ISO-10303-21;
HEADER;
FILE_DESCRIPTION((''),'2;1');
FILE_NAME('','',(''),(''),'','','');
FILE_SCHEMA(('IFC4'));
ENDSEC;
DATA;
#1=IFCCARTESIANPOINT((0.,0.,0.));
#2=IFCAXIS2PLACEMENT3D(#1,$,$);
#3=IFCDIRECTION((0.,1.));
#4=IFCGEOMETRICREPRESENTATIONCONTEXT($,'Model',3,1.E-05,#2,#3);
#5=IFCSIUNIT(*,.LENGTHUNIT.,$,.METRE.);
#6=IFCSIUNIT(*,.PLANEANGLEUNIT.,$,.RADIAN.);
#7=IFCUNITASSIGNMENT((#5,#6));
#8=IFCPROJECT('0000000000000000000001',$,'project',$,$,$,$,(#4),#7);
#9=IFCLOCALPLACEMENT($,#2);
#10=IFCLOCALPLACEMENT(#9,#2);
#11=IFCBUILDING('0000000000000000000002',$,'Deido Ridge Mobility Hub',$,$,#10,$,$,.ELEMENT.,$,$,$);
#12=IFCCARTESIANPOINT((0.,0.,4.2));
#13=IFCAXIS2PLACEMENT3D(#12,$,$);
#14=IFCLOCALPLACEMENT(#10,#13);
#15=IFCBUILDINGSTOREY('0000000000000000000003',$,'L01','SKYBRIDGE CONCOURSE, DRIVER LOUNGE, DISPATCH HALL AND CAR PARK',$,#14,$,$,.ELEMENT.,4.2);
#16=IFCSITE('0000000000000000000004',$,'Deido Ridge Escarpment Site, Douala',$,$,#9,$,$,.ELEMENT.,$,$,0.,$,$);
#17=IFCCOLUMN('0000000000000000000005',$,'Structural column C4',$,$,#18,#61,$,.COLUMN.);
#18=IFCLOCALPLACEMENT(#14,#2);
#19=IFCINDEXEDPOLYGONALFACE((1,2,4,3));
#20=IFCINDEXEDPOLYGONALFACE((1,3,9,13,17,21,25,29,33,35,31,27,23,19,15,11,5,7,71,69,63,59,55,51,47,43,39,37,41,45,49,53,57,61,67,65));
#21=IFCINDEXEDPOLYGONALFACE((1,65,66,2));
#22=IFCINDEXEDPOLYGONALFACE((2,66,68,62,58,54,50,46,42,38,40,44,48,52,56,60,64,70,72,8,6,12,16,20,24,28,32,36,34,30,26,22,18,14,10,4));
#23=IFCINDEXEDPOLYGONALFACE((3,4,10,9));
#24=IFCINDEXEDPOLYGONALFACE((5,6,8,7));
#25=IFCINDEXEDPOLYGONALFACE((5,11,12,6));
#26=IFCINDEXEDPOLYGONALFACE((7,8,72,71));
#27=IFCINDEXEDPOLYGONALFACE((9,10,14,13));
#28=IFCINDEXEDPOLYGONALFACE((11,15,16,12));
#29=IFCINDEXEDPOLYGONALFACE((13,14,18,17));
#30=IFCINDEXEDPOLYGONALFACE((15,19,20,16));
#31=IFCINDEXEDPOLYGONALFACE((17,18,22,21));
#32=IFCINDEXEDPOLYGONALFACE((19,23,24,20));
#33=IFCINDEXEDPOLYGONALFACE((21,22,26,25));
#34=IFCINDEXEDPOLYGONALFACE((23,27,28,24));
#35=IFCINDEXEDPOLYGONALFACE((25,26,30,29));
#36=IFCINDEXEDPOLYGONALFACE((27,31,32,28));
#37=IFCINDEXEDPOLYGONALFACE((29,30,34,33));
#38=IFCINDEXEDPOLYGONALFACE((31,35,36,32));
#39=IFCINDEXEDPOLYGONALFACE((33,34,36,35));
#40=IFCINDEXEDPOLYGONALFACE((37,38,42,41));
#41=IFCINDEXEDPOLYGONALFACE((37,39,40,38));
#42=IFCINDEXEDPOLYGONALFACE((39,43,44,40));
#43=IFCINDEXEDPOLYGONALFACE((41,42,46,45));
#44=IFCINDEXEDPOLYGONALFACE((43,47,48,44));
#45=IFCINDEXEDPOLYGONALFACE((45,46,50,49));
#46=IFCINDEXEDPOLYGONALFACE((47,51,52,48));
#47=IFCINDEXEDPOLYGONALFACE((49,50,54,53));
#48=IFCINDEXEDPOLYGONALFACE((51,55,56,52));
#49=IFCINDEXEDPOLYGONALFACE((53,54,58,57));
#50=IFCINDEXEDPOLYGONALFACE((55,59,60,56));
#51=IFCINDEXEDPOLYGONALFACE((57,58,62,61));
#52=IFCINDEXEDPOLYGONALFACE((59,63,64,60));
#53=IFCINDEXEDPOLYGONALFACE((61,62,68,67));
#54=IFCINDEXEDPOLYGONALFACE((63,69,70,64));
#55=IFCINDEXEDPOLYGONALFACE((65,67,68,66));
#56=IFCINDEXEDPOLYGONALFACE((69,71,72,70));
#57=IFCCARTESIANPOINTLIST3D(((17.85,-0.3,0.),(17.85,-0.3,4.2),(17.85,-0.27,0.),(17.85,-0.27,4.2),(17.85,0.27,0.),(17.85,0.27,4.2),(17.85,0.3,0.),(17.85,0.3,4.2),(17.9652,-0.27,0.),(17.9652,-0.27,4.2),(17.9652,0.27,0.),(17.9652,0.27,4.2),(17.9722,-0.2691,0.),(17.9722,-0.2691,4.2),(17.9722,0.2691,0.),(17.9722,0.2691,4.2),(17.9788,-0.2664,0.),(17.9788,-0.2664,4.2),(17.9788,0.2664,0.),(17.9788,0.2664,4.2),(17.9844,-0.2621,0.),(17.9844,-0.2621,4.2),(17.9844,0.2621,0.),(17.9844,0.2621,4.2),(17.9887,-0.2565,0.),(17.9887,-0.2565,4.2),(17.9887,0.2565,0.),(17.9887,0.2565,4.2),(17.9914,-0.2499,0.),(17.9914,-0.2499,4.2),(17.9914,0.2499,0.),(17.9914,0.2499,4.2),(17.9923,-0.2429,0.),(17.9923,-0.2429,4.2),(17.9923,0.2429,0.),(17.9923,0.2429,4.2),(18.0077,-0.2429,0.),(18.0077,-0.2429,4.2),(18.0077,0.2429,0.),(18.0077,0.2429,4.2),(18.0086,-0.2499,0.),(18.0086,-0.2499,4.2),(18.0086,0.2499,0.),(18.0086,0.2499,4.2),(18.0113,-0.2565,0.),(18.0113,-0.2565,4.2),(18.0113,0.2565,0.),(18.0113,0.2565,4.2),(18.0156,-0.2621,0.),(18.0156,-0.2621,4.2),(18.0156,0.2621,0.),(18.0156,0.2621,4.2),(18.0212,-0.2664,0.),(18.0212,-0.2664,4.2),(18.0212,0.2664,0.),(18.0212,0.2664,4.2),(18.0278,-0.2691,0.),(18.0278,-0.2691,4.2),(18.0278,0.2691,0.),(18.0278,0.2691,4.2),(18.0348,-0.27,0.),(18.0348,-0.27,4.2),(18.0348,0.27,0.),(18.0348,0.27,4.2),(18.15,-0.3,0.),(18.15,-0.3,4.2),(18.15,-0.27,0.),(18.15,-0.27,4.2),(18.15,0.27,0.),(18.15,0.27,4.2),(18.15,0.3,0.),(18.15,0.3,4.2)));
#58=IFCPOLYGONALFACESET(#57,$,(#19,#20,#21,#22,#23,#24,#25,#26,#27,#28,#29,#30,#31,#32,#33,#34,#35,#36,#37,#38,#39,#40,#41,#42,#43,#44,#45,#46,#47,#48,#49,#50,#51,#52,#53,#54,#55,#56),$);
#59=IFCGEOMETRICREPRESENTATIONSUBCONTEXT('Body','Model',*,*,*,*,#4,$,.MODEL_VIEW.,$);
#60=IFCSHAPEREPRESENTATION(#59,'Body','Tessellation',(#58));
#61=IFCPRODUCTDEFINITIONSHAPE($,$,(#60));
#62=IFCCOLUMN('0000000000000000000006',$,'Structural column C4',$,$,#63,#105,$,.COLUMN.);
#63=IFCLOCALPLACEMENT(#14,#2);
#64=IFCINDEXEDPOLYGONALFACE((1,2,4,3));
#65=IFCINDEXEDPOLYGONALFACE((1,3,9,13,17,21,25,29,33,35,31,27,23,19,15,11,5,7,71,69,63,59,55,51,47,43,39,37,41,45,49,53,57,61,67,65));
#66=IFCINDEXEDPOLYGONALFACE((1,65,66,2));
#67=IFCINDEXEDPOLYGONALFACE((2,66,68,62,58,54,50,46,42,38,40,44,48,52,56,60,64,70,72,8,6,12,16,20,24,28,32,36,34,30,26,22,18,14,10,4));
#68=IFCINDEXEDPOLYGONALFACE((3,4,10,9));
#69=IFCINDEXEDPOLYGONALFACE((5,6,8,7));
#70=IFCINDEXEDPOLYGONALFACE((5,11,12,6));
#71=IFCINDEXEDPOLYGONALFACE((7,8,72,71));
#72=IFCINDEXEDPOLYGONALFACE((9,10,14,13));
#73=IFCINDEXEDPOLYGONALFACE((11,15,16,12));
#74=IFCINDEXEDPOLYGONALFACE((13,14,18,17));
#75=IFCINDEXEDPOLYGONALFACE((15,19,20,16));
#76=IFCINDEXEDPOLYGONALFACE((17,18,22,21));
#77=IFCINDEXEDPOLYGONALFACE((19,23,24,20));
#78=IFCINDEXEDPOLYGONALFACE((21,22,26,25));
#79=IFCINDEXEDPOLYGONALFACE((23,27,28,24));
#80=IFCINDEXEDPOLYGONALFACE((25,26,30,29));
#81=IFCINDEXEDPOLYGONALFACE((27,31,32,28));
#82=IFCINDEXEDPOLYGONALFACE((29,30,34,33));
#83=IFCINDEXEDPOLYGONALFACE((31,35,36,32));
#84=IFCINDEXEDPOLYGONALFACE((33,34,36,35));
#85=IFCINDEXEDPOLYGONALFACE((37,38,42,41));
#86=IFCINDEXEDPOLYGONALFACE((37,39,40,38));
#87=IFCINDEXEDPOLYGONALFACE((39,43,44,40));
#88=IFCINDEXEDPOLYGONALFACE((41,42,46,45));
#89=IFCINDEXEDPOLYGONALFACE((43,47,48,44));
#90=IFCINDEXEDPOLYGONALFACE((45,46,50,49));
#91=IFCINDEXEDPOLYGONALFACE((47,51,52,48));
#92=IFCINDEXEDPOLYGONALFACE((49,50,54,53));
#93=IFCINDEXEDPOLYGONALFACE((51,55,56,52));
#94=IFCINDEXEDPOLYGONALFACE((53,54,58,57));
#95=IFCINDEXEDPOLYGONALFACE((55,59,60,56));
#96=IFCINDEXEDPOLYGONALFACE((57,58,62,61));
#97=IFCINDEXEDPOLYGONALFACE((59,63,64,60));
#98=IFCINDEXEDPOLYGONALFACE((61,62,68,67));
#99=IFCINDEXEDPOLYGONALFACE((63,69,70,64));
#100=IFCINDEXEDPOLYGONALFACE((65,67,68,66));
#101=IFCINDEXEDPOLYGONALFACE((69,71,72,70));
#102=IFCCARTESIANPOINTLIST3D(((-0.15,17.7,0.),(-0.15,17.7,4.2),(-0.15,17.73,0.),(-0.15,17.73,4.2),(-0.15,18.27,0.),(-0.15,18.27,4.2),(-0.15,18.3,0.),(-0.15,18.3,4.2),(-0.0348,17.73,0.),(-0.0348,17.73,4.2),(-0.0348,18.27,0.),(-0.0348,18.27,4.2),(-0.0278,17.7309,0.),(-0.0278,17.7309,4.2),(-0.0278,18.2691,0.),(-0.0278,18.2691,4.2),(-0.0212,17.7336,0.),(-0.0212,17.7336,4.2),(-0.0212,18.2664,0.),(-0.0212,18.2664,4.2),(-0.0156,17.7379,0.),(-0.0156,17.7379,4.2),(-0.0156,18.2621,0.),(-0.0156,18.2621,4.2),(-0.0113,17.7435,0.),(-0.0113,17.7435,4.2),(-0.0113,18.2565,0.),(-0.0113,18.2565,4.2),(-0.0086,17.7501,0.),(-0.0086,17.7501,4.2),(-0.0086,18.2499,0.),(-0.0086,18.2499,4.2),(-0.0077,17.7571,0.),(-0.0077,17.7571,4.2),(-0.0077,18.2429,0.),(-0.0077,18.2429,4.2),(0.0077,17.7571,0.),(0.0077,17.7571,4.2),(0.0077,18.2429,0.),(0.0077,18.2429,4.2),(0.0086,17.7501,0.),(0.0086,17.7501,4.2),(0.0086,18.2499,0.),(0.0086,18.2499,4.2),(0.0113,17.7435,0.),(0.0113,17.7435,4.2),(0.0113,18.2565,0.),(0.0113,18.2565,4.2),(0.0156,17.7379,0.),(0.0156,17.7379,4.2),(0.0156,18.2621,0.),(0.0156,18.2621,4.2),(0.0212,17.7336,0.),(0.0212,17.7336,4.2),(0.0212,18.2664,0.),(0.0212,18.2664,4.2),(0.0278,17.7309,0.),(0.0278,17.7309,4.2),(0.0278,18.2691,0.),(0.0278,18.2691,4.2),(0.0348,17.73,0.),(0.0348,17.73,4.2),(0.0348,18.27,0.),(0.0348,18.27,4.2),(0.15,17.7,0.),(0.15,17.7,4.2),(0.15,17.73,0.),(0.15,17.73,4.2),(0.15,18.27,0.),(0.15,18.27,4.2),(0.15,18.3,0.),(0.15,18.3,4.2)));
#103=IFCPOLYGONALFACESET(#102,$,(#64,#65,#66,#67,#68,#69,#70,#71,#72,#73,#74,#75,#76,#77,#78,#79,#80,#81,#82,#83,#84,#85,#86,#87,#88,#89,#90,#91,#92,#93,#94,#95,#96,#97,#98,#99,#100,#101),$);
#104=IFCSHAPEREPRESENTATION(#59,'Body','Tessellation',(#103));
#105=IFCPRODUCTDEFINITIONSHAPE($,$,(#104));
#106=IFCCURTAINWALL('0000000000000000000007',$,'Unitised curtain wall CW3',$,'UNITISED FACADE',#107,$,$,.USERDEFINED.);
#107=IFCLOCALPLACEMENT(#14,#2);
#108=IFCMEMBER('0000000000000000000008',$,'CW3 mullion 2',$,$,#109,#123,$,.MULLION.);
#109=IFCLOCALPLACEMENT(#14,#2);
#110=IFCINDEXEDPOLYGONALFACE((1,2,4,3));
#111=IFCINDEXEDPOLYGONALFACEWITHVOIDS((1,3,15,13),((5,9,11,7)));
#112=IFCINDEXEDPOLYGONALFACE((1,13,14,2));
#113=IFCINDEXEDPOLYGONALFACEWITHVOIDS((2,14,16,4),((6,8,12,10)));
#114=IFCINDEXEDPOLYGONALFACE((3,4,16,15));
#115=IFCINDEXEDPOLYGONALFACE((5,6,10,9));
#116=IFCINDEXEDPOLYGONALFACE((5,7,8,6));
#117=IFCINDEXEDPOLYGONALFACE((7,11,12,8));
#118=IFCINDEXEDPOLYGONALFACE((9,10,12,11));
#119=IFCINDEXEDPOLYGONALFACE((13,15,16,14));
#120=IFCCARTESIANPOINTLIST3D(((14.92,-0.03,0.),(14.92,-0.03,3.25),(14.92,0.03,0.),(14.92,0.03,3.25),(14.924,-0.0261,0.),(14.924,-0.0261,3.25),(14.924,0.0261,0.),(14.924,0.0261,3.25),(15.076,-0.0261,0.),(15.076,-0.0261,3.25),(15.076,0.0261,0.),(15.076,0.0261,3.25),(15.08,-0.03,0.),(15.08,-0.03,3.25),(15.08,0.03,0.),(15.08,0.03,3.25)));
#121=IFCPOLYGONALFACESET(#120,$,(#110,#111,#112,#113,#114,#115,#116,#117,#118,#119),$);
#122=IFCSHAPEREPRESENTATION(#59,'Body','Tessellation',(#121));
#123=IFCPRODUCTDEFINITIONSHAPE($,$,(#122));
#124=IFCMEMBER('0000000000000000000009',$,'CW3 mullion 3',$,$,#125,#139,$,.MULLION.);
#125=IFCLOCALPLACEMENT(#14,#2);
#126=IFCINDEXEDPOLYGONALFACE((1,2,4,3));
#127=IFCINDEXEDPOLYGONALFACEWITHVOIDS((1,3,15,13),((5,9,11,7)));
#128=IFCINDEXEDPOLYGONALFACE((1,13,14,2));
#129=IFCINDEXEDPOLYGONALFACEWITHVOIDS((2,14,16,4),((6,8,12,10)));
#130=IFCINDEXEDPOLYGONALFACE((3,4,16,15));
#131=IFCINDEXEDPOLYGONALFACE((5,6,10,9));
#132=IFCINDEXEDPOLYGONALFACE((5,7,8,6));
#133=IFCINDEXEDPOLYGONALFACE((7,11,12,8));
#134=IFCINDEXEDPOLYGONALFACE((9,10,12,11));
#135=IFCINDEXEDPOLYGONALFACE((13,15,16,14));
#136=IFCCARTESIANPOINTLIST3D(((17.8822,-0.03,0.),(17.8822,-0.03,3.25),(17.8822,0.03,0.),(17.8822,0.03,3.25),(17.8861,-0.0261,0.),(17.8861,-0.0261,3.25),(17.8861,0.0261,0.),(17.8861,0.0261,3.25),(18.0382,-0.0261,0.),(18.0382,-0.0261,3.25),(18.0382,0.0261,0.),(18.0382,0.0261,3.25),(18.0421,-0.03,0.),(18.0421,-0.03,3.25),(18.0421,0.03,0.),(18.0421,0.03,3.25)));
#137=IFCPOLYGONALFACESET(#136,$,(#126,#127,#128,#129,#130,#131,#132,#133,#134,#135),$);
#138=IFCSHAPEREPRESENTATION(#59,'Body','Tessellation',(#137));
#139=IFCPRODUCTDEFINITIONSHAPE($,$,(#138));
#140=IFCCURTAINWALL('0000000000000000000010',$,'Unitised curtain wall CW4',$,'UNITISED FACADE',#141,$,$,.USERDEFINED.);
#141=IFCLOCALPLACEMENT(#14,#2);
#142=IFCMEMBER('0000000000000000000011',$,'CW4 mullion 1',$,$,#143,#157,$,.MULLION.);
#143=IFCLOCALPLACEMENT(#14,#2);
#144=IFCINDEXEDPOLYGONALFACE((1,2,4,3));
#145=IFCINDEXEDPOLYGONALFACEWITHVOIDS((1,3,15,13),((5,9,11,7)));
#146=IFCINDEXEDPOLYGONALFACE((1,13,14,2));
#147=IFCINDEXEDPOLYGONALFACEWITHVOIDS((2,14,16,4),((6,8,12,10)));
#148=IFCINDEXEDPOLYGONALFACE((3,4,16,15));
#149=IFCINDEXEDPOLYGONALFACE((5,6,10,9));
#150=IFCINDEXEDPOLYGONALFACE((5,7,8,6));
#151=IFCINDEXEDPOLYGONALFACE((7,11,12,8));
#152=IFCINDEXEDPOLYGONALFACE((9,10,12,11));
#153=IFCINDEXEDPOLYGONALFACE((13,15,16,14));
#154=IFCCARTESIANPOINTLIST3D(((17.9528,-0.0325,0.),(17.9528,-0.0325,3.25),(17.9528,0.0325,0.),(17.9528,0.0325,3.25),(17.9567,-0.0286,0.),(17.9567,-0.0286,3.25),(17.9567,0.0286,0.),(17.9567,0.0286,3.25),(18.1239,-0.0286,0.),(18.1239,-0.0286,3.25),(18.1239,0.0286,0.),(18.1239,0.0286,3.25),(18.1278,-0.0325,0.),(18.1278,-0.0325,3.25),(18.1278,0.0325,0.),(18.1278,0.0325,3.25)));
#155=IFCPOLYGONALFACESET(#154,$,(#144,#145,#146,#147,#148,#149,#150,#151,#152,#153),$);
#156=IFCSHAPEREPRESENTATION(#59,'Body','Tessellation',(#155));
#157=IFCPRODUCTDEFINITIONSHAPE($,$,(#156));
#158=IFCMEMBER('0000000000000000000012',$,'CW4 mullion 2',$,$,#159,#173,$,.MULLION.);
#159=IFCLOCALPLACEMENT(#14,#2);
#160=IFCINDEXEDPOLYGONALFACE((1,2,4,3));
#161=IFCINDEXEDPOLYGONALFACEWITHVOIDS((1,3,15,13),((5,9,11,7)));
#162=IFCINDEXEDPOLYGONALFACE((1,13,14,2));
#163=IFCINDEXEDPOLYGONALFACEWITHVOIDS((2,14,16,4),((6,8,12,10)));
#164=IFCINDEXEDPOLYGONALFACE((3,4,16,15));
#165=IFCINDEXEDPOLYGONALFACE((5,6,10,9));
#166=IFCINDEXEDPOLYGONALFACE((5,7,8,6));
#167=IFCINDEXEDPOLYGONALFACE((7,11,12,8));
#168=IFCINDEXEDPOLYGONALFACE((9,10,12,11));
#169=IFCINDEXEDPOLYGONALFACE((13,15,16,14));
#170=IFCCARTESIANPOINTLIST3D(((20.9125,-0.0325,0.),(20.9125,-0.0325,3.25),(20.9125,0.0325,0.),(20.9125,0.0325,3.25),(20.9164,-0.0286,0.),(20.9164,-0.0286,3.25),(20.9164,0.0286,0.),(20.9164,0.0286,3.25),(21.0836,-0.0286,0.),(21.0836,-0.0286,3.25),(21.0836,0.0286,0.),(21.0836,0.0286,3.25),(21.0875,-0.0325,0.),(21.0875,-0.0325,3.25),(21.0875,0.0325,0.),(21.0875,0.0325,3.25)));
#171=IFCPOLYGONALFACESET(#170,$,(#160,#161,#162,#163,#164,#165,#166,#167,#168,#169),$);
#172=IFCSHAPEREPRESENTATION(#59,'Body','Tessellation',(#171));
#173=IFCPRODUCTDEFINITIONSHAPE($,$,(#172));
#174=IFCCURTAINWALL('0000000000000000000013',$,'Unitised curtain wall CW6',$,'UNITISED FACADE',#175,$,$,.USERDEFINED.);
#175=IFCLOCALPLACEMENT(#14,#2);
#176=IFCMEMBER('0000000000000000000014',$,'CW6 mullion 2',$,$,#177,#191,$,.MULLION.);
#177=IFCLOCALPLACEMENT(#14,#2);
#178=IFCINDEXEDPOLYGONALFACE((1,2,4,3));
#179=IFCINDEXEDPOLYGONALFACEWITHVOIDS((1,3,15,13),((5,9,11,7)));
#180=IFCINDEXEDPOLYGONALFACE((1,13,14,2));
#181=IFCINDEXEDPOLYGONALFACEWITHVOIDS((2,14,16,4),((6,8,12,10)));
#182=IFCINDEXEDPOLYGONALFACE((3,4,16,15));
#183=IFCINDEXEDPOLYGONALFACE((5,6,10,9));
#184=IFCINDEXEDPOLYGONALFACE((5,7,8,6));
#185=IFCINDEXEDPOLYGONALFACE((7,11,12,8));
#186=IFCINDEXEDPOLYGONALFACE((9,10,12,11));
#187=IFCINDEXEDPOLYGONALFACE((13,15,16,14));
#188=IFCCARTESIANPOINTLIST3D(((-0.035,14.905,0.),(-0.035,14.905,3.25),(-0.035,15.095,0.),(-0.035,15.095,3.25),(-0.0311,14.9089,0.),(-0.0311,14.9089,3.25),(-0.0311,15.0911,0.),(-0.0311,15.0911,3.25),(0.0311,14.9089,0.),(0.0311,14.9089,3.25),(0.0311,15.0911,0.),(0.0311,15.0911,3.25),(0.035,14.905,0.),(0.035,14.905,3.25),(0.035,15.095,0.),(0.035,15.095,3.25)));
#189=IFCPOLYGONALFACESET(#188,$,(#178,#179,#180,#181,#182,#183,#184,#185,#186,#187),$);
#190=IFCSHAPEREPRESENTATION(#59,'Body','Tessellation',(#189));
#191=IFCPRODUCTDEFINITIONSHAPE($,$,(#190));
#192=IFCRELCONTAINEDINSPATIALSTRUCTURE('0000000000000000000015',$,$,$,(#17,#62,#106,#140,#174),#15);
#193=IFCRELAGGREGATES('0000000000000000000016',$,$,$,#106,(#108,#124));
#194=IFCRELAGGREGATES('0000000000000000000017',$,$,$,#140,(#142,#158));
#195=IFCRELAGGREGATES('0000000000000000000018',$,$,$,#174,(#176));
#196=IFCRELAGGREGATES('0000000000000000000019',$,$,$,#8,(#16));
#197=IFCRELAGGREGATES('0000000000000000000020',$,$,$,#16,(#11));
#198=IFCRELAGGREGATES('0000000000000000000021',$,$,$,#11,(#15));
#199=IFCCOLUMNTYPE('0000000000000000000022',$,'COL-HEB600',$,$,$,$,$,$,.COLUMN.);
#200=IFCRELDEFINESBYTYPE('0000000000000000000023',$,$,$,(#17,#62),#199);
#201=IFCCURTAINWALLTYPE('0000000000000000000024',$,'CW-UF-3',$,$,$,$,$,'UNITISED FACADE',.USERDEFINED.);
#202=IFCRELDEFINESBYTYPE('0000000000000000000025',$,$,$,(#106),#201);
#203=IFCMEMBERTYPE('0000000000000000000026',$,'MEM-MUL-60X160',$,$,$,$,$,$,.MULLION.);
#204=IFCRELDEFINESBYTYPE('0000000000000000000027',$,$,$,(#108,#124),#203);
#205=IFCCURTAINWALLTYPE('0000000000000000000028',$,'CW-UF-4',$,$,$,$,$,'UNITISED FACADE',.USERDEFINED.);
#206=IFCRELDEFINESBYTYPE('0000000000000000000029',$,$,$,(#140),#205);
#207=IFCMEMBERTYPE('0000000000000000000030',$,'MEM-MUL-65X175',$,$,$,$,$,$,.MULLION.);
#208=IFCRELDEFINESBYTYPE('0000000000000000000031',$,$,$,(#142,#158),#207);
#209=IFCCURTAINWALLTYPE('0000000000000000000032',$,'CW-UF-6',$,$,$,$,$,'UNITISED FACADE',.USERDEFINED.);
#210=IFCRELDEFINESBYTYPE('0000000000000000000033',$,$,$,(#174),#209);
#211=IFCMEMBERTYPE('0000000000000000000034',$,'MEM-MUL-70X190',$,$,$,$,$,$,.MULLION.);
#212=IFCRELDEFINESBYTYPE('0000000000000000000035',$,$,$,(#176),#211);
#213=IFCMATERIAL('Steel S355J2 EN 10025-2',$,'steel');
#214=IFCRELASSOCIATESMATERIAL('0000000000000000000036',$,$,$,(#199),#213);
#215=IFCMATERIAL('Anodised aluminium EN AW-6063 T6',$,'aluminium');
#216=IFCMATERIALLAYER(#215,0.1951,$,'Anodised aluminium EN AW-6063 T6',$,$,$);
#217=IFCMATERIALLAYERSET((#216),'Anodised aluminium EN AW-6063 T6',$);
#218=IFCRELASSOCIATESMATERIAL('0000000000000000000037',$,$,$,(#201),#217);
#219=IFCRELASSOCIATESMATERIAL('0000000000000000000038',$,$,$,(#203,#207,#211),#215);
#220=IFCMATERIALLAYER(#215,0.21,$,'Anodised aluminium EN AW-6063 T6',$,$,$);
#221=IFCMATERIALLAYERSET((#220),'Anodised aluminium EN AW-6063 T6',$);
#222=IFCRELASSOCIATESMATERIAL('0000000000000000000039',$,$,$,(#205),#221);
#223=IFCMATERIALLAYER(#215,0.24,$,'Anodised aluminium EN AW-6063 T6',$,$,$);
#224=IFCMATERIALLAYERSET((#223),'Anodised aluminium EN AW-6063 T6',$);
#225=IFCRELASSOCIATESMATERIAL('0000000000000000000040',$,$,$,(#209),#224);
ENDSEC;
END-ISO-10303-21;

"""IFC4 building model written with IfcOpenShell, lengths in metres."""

from ifc_helpers import new_model, si_unit, direction, frame, origin, origin_2d, place, context, subcontext, project, spatial, hollow_rectangle, i_section, extrude, material, layer, layer_set, material_profile, profile_set, type_object, element, aggregate, save


model = new_model("IFC4")

# Units and contexts
model_context = context("Model", 3, precision=1e-05, world=origin(), true_north=direction((0.0, 1.0)))
body_context = subcontext(model_context, "Body", "Model", "MODEL_VIEW")
ifc_project = project(units=[si_unit("LENGTHUNIT", "METRE"), si_unit("PLANEANGLEUNIT", "RADIAN")], contexts=[model_context])

# Site, building, storey
site_placement = place(None, origin())
site = spatial("IfcSite", under=ifc_project, at=site_placement, Name="Deido Ridge Escarpment Site, Douala", CompositionType="ELEMENT", RefElevation=0.0)
building_placement = place(site_placement, origin())
building = spatial("IfcBuilding", under=site, at=building_placement, Name="Deido Ridge Mobility Hub", CompositionType="ELEMENT")
storey_placement = place(building_placement, frame((0.0, 0.0, 4.2)))
storey = spatial("IfcBuildingStorey", under=building, at=storey_placement, Name="L01", Description="SKYBRIDGE CONCOURSE, DRIVER LOUNGE, DISPATCH HALL AND CAR PARK", CompositionType="ELEMENT", Elevation=4.2)

# Columns
ifc_material_1 = material(Name="Steel S355J2 EN 10025-2", Category="steel")
ifc_material_profile_1 = material_profile(ifc_material_1, i_section(OverallWidth=0.3, OverallDepth=0.6001, WebThickness=0.0154, FlangeThickness=0.03, FilletRadius=0.0271, at=origin_2d()), Name="HEB 600")
ifc_profile_set_1 = profile_set([ifc_material_profile_1], Name="Steel S355J2 EN 10025-2")
column_type = type_object("IfcColumnType", Name="COL-HEB600", PredefinedType="COLUMN", material=ifc_profile_set_1)
for number, where, z_axis, x_axis, name in (
    (1, (18.0, 0.0, 0.0), (0.0, 0.0, 1.0), (1.0, 0.0, 0.0), "Structural column C4"),
    (2, (0.0, 18.0, 0.0), (0.0, 0.0, 1.0), (1.0, 0.0, 0.0), "Structural column C4"),
):
    element("IfcColumn", number, at=place(storey_placement, frame(where, z_axis=z_axis, x_axis=x_axis)), inside=storey, type_object=column_type, Name=name, PredefinedType="COLUMN", context=body_context, shape_type="SweptSolid", body=[
        extrude(i_section(OverallWidth=0.3, OverallDepth=0.6001, WebThickness=0.0154, FlangeThickness=0.03, FilletRadius=0.0271, at=origin_2d()), origin(), (0.0, 0.0, 1.0), 4.2),
    ])

# Curtain walls, members
ifc_material_2 = material(Name="Anodised aluminium EN AW-6063 T6", Category="aluminium")
ifc_layer_1 = layer(ifc_material_2, 0.1951, Name="Anodised aluminium EN AW-6063 T6")
ifc_layer_set_1 = layer_set([ifc_layer_1], Name="Anodised aluminium EN AW-6063 T6")
curtain_wall_type_1 = type_object("IfcCurtainWallType", Name="CW-UF-3", ElementType="UNITISED FACADE", PredefinedType="USERDEFINED", material=ifc_layer_set_1)
curtain_wall_1_placement = place(storey_placement, origin())
curtain_wall_1 = element("IfcCurtainWall", 3, at=curtain_wall_1_placement, inside=storey, type_object=curtain_wall_type_1, Name="Unitised curtain wall CW3", ObjectType="UNITISED FACADE", PredefinedType="USERDEFINED")
ifc_material_profile_2 = material_profile(ifc_material_2, hollow_rectangle(XDim=0.0601, YDim=0.1599, WallThickness=0.0039, at=origin_2d()), Name="RHS 60x160x4")
ifc_profile_set_2 = profile_set([ifc_material_profile_2], Name="Anodised aluminium EN AW-6063 T6")
member_type_1 = type_object("IfcMemberType", Name="MEM-MUL-60X160", PredefinedType="MULLION", material=ifc_profile_set_2)
member_1_placement = place(storey_placement, frame((15.0, 0.0, 0.0), z_axis=(0.0, 0.0, 1.0), x_axis=(0.0, 1.0, 0.0)))
member_1 = element("IfcMember", 4, at=member_1_placement, type_object=member_type_1, Name="CW3 mullion 2", PredefinedType="MULLION", context=body_context, shape_type="SweptSolid", body=[
    extrude(hollow_rectangle(XDim=0.0601, YDim=0.1599, WallThickness=0.0039, at=origin_2d()), origin(), (0.0, 0.0, 1.0), 3.25),
])
member_2_placement = place(storey_placement, frame((17.9622, 0.0, 0.0), z_axis=(0.0, 0.0, 1.0), x_axis=(0.0, 1.0, 0.0)))
member_2 = element("IfcMember", 5, at=member_2_placement, type_object=member_type_1, Name="CW3 mullion 3", PredefinedType="MULLION", context=body_context, shape_type="SweptSolid", body=[
    extrude(hollow_rectangle(XDim=0.0601, YDim=0.1599, WallThickness=0.0039, at=origin_2d()), origin(), (0.0, 0.0, 1.0), 3.25),
])
ifc_layer_2 = layer(ifc_material_2, 0.21, Name="Anodised aluminium EN AW-6063 T6")
ifc_layer_set_2 = layer_set([ifc_layer_2], Name="Anodised aluminium EN AW-6063 T6")
curtain_wall_type_2 = type_object("IfcCurtainWallType", Name="CW-UF-4", ElementType="UNITISED FACADE", PredefinedType="USERDEFINED", material=ifc_layer_set_2)
curtain_wall_2_placement = place(storey_placement, origin())
curtain_wall_2 = element("IfcCurtainWall", 6, at=curtain_wall_2_placement, inside=storey, type_object=curtain_wall_type_2, Name="Unitised curtain wall CW4", ObjectType="UNITISED FACADE", PredefinedType="USERDEFINED")
ifc_material_profile_3 = material_profile(ifc_material_2, hollow_rectangle(XDim=0.0649, YDim=0.175, WallThickness=0.0039, at=origin_2d()), Name="RHS 65x175x4")
ifc_profile_set_3 = profile_set([ifc_material_profile_3], Name="Anodised aluminium EN AW-6063 T6")
member_type_2 = type_object("IfcMemberType", Name="MEM-MUL-65X175", PredefinedType="MULLION", material=ifc_profile_set_3)
member_3_placement = place(storey_placement, frame((18.0403, 0.0, 0.0), z_axis=(0.0, 0.0, 1.0), x_axis=(0.0, 1.0, 0.0)))
member_3 = element("IfcMember", 7, at=member_3_placement, type_object=member_type_2, Name="CW4 mullion 1", PredefinedType="MULLION", context=body_context, shape_type="SweptSolid", body=[
    extrude(hollow_rectangle(XDim=0.0649, YDim=0.175, WallThickness=0.0039, at=origin_2d()), origin(), (0.0, 0.0, 1.0), 3.25),
])
member_4_placement = place(storey_placement, frame((21.0, 0.0, 0.0), z_axis=(0.0, 0.0, 1.0), x_axis=(0.0, 1.0, 0.0)))
member_4 = element("IfcMember", 8, at=member_4_placement, type_object=member_type_2, Name="CW4 mullion 2", PredefinedType="MULLION", context=body_context, shape_type="SweptSolid", body=[
    extrude(hollow_rectangle(XDim=0.0649, YDim=0.175, WallThickness=0.0039, at=origin_2d()), origin(), (0.0, 0.0, 1.0), 3.25),
])
ifc_layer_3 = layer(ifc_material_2, 0.24, Name="Anodised aluminium EN AW-6063 T6")
ifc_layer_set_3 = layer_set([ifc_layer_3], Name="Anodised aluminium EN AW-6063 T6")
curtain_wall_type_3 = type_object("IfcCurtainWallType", Name="CW-UF-6", ElementType="UNITISED FACADE", PredefinedType="USERDEFINED", material=ifc_layer_set_3)
curtain_wall_3_placement = place(storey_placement, origin())
curtain_wall_3 = element("IfcCurtainWall", 9, at=curtain_wall_3_placement, inside=storey, type_object=curtain_wall_type_3, Name="Unitised curtain wall CW6", ObjectType="UNITISED FACADE", PredefinedType="USERDEFINED")
ifc_material_profile_4 = material_profile(ifc_material_2, hollow_rectangle(XDim=0.0701, YDim=0.1899, WallThickness=0.0039, at=origin_2d()), Name="RHS 70x190x4")
ifc_profile_set_4 = profile_set([ifc_material_profile_4], Name="Anodised aluminium EN AW-6063 T6")
member_type_3 = type_object("IfcMemberType", Name="MEM-MUL-70X190", PredefinedType="MULLION", material=ifc_profile_set_4)
member_5_placement = place(storey_placement, frame((0.0, 15.0, 0.0), z_axis=(0.0, 0.0, 1.0), x_axis=(-1.0, 0.0, 0.0)))
member_5 = element("IfcMember", 10, at=member_5_placement, type_object=member_type_3, Name="CW6 mullion 2", PredefinedType="MULLION", context=body_context, shape_type="SweptSolid", body=[
    extrude(hollow_rectangle(XDim=0.0701, YDim=0.1899, WallThickness=0.0039, at=origin_2d()), origin(), (0.0, 0.0, 1.0), 3.25),
])

aggregate(curtain_wall_1, [member_1, member_2])
aggregate(curtain_wall_2, [member_3, member_4])
aggregate(curtain_wall_3, [member_5])

save(model, "model.ifc")
